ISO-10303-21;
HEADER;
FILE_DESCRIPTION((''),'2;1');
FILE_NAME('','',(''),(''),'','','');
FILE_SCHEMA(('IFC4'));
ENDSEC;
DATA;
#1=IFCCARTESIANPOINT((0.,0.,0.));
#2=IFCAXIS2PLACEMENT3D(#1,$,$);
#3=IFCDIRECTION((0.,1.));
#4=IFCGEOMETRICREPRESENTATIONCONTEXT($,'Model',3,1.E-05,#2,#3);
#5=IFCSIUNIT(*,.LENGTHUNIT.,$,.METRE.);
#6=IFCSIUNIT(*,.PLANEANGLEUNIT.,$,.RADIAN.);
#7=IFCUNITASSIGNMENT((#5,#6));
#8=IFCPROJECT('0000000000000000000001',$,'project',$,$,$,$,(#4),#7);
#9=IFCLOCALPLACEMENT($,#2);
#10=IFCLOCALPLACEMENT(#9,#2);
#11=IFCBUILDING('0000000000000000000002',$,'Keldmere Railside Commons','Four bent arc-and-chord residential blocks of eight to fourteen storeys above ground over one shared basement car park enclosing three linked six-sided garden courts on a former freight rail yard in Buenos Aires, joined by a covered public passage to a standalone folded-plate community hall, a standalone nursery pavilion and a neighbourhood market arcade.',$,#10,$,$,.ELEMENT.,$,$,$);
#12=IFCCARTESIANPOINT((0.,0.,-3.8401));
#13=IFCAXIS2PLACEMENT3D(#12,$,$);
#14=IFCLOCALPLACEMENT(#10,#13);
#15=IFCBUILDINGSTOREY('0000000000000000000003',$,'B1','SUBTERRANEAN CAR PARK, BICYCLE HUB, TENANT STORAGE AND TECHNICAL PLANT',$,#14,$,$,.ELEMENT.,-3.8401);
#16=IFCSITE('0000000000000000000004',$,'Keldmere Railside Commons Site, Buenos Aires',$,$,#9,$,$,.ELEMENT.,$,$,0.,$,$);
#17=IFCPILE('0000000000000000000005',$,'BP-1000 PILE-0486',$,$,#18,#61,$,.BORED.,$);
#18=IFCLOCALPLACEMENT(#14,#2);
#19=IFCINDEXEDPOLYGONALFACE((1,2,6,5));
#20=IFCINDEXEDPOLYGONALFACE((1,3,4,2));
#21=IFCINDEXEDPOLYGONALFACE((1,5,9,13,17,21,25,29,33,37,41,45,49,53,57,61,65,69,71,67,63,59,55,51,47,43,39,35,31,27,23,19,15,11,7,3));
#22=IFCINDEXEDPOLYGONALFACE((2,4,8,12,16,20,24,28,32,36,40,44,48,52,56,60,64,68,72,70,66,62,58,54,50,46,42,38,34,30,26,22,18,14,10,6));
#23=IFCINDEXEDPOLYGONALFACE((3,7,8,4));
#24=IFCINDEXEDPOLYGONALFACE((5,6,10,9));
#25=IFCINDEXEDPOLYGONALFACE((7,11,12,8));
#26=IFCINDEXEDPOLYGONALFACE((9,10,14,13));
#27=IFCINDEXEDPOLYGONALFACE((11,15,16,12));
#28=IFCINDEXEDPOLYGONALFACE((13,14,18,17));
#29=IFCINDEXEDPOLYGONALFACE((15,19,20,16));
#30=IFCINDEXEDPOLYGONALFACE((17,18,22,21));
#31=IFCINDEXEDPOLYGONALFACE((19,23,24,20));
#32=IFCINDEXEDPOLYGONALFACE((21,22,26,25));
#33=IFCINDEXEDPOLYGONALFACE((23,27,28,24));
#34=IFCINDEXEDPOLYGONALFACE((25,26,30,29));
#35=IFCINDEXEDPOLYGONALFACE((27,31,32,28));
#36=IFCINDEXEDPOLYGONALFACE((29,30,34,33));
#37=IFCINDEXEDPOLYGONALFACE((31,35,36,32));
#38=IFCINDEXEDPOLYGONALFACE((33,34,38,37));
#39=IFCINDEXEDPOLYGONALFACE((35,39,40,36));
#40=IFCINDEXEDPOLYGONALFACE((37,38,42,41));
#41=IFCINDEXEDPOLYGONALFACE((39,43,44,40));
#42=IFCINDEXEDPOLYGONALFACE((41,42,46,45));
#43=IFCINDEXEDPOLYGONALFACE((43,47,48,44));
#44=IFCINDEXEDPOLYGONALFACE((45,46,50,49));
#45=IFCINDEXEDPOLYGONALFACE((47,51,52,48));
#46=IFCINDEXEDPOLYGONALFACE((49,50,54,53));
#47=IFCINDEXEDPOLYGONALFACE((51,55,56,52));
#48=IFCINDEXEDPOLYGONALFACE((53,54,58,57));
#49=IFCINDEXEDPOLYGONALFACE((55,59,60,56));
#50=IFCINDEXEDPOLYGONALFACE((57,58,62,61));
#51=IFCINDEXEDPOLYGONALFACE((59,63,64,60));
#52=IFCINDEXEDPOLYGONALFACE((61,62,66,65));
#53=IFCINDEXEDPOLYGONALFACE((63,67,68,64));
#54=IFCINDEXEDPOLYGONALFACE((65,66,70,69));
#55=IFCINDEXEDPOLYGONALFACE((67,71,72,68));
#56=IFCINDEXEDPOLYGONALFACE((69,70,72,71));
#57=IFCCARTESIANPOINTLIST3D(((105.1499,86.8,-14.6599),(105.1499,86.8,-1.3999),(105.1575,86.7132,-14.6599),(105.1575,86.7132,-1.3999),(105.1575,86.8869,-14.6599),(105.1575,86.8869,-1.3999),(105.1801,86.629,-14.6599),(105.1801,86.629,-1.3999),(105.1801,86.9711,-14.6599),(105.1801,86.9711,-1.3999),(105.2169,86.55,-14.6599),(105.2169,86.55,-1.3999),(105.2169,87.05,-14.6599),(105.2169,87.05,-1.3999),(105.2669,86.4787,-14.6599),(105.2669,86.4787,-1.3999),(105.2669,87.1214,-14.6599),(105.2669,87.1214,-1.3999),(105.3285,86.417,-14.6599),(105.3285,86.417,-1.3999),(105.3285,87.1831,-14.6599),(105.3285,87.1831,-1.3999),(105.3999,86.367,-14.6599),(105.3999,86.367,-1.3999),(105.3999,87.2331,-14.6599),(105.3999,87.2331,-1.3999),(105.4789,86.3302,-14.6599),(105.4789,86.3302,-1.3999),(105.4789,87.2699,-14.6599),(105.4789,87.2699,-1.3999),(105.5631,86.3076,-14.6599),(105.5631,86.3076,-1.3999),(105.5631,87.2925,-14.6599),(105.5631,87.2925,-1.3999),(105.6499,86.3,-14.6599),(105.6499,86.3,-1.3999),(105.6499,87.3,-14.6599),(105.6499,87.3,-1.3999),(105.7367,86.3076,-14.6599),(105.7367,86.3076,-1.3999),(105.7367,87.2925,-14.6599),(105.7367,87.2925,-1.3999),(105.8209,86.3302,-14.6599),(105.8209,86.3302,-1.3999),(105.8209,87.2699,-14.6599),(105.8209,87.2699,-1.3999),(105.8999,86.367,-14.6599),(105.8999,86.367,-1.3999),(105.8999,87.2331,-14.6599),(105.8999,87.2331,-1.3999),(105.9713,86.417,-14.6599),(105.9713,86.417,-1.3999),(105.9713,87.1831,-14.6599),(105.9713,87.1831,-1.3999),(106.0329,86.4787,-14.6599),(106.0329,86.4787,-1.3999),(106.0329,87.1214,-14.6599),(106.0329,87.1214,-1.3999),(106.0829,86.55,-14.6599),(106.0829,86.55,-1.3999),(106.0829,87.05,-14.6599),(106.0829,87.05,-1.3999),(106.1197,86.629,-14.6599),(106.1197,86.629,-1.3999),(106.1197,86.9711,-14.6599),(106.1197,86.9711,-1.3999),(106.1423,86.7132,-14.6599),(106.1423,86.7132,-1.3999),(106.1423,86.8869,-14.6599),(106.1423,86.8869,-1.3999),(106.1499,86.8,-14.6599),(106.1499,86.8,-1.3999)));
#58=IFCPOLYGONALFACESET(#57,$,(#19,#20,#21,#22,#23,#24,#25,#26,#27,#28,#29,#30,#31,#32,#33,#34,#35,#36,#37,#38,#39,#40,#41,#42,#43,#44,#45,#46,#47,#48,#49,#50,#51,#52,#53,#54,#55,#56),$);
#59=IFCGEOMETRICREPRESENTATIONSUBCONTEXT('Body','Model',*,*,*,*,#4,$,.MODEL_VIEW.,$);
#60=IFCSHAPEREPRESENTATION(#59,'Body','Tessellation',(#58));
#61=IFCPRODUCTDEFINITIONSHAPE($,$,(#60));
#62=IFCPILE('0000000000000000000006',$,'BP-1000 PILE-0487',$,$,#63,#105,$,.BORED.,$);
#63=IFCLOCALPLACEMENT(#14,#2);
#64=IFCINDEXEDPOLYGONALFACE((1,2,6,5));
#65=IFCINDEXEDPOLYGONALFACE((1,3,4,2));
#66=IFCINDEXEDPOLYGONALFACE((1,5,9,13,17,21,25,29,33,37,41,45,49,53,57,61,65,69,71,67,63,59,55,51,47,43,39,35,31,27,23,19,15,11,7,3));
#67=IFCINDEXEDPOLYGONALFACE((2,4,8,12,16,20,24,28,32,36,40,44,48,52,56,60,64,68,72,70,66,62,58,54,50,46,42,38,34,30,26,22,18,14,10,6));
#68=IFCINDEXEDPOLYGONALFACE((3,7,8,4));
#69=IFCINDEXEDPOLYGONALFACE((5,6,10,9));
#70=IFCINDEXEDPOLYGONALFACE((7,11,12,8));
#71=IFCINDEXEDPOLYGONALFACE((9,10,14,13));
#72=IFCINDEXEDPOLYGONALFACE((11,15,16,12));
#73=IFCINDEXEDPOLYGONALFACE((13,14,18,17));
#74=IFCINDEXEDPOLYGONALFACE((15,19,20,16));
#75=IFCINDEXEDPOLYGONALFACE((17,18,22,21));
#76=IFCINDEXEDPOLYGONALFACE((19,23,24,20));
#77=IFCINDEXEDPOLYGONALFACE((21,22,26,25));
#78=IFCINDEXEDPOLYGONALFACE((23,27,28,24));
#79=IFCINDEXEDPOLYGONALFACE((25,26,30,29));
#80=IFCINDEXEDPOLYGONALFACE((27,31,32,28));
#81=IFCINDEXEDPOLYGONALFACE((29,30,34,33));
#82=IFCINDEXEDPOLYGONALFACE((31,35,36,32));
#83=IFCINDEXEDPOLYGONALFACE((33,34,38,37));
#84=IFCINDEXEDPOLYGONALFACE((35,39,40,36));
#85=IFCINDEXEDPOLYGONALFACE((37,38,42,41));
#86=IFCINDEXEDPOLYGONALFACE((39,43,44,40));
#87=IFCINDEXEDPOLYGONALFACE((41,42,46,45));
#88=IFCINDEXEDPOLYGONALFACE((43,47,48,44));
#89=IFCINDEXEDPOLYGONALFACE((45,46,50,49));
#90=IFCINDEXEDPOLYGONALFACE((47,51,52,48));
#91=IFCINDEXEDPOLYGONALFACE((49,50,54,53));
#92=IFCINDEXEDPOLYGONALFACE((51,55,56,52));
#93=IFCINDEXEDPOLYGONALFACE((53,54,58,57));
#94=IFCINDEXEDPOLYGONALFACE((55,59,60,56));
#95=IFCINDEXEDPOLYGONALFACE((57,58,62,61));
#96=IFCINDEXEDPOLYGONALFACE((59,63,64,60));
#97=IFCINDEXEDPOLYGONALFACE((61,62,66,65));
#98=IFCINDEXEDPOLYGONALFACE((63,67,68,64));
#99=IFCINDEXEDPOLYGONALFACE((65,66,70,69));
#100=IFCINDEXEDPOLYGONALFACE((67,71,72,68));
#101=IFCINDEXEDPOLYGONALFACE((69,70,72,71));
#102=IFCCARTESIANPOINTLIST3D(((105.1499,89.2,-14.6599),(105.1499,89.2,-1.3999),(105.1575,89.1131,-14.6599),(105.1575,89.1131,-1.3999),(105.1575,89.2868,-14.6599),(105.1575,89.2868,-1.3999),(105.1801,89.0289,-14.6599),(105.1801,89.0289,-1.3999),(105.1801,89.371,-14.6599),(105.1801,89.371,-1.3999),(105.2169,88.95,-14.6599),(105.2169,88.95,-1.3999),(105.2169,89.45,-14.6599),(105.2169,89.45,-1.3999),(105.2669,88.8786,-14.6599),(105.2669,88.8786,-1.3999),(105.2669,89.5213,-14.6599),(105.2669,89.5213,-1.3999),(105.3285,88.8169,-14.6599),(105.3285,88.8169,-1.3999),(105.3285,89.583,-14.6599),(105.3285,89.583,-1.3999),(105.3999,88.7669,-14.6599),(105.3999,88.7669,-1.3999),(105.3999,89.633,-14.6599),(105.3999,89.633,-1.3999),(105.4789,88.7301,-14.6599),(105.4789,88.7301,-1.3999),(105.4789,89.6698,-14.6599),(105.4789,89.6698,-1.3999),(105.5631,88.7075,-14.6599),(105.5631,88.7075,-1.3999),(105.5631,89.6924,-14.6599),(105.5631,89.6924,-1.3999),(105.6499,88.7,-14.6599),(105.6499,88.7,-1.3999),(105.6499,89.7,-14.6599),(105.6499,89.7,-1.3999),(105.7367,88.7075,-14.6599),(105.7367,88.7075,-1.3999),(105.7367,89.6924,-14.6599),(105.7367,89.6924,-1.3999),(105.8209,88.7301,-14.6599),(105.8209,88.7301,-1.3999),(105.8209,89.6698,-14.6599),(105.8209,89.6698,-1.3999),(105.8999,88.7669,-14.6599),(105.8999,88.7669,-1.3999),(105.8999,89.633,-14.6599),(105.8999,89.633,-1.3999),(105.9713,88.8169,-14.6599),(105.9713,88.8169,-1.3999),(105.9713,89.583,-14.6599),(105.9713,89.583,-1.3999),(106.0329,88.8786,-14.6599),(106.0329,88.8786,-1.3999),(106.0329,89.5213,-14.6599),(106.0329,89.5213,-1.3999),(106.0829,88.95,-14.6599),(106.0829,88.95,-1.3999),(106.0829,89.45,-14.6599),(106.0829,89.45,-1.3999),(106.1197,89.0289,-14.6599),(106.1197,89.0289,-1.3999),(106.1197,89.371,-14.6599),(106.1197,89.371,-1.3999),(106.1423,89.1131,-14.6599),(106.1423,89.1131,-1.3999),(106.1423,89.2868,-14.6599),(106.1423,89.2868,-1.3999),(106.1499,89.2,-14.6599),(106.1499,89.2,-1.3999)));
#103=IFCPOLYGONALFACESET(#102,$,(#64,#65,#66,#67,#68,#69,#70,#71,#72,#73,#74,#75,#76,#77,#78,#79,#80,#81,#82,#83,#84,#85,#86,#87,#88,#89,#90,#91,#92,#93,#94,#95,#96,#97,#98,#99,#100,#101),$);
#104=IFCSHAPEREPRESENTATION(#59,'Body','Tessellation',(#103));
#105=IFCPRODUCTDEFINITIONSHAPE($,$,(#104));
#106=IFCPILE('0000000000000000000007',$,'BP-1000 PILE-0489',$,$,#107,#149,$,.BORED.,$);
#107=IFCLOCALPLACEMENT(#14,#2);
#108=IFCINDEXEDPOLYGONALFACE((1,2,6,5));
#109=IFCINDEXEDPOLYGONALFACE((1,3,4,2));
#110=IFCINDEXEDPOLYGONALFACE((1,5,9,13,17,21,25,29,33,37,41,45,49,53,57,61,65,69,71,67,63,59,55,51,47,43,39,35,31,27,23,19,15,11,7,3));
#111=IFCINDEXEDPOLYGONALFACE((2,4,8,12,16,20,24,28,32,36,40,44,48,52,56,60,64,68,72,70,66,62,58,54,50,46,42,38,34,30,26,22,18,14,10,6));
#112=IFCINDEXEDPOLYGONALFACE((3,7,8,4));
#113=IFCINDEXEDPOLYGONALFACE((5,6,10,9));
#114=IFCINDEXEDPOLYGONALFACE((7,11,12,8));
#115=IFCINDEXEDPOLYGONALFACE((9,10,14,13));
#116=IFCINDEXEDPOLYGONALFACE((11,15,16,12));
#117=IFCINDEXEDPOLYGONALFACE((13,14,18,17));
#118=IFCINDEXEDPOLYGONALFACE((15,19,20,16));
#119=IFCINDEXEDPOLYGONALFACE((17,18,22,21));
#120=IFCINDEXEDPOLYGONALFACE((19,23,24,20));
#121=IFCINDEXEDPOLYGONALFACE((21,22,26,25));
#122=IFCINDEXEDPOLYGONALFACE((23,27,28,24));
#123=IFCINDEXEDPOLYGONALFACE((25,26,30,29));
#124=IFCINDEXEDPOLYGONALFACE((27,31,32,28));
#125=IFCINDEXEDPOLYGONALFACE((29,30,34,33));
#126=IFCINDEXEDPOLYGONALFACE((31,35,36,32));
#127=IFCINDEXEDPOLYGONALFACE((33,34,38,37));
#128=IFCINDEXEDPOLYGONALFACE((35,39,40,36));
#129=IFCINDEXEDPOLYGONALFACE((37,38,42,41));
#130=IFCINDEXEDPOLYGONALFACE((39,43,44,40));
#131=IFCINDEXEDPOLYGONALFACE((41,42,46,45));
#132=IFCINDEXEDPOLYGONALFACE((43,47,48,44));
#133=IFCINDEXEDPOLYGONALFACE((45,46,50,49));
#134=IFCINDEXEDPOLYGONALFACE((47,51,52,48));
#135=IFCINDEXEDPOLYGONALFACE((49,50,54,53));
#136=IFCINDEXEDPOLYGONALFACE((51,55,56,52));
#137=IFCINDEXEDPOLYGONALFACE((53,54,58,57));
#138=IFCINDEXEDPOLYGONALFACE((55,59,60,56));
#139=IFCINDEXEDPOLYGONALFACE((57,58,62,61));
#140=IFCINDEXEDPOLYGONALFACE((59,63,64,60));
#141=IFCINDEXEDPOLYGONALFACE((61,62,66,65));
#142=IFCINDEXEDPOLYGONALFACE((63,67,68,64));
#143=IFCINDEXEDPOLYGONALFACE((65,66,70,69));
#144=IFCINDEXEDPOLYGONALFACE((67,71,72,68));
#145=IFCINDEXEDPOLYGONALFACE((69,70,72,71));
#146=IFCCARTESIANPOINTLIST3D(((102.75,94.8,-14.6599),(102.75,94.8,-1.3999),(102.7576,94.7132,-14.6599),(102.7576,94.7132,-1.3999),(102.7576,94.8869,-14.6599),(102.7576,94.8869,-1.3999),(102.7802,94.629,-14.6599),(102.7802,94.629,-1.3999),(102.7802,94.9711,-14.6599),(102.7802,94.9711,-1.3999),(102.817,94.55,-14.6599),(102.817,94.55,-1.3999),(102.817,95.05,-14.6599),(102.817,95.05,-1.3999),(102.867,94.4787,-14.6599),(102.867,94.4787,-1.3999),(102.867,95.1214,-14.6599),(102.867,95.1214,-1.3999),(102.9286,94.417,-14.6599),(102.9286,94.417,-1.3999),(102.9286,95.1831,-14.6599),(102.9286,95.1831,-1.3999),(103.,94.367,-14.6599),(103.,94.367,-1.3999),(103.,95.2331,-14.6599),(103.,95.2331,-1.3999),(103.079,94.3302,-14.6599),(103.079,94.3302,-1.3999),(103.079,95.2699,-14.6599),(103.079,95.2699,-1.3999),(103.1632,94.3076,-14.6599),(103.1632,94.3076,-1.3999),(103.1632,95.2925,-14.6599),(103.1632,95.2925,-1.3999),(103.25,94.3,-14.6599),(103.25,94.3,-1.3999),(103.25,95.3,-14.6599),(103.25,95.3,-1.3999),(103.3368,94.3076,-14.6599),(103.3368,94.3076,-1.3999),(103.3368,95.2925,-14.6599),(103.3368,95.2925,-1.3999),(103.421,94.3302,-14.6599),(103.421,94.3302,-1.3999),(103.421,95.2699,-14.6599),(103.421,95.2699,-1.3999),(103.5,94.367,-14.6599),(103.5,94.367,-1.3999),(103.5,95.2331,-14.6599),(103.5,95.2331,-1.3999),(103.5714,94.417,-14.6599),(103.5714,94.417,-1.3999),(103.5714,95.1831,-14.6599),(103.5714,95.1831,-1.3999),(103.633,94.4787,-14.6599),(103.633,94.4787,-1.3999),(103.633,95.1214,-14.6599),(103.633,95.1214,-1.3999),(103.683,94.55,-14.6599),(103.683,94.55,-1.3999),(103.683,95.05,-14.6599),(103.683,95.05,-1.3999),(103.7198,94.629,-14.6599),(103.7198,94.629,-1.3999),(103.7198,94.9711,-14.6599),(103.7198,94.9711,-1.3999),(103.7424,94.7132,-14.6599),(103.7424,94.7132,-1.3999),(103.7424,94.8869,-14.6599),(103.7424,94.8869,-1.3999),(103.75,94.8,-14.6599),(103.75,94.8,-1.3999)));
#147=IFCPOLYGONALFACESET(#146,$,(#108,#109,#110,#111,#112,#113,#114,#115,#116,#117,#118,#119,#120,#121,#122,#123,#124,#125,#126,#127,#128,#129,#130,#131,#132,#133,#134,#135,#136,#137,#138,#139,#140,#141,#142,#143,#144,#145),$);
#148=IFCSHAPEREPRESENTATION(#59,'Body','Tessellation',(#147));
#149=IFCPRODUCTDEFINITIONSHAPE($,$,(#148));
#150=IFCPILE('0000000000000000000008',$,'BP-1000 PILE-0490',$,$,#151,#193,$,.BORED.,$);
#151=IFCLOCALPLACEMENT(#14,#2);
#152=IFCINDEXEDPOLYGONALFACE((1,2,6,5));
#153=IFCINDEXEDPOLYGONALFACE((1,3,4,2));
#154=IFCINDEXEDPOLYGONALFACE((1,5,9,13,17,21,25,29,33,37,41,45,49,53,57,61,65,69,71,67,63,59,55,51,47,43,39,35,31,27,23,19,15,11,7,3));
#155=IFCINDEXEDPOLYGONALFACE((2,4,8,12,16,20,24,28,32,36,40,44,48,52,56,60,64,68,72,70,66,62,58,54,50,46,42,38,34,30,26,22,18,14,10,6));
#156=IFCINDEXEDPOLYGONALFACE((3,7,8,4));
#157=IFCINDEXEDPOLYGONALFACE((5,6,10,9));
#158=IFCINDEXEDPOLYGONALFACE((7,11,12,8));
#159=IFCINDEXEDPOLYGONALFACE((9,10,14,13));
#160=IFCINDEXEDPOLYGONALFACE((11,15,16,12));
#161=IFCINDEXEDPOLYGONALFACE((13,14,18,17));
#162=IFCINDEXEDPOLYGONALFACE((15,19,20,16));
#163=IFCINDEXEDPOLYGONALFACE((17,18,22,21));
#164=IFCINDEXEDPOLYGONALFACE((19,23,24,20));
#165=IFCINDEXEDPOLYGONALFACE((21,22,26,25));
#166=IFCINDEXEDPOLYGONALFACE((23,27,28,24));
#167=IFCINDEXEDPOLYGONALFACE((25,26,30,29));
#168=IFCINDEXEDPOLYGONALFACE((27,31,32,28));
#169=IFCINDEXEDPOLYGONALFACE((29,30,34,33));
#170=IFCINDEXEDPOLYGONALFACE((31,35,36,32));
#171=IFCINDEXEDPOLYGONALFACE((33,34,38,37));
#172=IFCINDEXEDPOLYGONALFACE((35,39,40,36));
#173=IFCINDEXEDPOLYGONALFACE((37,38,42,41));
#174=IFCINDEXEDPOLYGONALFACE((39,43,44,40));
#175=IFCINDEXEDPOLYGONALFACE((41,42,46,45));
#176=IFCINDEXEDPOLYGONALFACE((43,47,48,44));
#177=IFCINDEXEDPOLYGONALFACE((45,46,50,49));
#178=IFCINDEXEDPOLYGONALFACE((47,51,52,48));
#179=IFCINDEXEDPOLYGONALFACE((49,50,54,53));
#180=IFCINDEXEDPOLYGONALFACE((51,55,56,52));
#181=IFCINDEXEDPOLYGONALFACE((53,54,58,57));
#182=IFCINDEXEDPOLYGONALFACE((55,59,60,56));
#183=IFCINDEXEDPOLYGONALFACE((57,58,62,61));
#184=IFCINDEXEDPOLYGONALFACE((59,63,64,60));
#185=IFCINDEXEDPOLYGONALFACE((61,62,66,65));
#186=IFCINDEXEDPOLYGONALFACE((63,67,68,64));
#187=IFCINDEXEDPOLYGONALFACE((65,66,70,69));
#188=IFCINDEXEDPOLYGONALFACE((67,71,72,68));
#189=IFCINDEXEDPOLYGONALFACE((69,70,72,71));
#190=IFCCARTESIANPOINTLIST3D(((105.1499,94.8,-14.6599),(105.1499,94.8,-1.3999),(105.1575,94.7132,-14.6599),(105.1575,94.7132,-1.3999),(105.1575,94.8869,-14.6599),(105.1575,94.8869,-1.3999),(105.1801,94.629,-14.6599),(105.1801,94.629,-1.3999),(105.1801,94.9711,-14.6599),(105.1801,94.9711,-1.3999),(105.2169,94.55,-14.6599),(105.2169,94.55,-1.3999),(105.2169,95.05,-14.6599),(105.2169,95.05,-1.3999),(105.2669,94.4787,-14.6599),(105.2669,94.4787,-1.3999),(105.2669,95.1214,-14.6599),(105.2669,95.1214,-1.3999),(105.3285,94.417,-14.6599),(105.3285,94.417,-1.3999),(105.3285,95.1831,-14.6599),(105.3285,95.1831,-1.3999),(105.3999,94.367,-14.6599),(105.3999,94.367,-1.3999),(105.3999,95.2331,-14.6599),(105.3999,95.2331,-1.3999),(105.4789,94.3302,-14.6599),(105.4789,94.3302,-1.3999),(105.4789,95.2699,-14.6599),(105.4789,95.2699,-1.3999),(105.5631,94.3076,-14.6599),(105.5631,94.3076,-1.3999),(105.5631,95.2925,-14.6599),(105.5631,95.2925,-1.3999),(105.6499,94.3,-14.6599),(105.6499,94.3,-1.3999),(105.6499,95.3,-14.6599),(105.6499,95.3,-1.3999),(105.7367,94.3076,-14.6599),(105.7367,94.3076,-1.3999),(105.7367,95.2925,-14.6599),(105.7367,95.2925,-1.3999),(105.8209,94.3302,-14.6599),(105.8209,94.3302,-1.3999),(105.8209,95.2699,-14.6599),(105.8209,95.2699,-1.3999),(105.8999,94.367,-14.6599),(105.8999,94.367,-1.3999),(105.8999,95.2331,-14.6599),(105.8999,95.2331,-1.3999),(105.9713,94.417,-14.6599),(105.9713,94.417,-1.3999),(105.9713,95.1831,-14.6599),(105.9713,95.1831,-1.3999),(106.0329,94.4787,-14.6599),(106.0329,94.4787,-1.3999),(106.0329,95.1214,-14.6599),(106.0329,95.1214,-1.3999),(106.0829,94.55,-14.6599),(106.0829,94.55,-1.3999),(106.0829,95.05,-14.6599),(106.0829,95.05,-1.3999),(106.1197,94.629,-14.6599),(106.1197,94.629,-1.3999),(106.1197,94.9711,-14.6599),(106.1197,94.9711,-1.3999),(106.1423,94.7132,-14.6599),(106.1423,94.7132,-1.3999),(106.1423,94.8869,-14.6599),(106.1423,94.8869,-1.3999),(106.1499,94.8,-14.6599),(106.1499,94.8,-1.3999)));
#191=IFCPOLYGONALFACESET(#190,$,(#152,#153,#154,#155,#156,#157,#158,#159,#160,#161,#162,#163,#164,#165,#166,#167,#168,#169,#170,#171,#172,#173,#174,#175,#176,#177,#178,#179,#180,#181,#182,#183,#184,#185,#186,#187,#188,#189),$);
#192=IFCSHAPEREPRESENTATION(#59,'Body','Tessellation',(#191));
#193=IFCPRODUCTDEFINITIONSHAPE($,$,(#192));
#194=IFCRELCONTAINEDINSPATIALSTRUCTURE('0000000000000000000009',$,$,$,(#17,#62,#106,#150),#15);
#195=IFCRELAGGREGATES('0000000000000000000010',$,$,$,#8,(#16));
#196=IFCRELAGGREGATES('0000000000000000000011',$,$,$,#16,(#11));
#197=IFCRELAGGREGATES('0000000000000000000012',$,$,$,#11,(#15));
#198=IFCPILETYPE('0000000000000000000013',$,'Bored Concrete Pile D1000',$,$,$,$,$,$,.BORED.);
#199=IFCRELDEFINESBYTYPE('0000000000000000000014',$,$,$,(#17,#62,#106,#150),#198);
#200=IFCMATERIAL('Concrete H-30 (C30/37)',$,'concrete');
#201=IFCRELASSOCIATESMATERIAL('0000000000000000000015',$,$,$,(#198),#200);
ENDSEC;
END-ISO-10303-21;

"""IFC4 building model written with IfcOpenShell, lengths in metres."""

from ifc_helpers import new_model, si_unit, direction, frame, origin, origin_2d, place, context, subcontext, project, spatial, circle, extrude, material, material_profile, profile_set, type_object, element, save


model = new_model("IFC4")

# Units and contexts
model_context = context("Model", 3, precision=1e-05, world=origin(), true_north=direction((0.0, 1.0)))
body_context = subcontext(model_context, "Body", "Model", "MODEL_VIEW")
ifc_project = project(units=[si_unit("LENGTHUNIT", "METRE"), si_unit("PLANEANGLEUNIT", "RADIAN")], contexts=[model_context])

# Site, building, storey
site_placement = place(None, origin())
site = spatial("IfcSite", under=ifc_project, at=site_placement, Name="Keldmere Railside Commons Site, Buenos Aires", CompositionType="ELEMENT", RefElevation=0.0)
building_placement = place(site_placement, origin())
building = spatial("IfcBuilding", under=site, at=building_placement, Name="Keldmere Railside Commons", Description="Four bent arc-and-chord residential blocks of eight to fourteen storeys above ground over one shared basement car park enclosing three linked six-sided garden courts on a former freight rail yard in Buenos Aires, joined by a covered public passage to a standalone folded-plate community hall, a standalone nursery pavilion and a neighbourhood market arcade.", CompositionType="ELEMENT")
storey_placement = place(building_placement, frame((0.0, 0.0, -3.8401)))
storey = spatial("IfcBuildingStorey", under=building, at=storey_placement, Name="B1", Description="SUBTERRANEAN CAR PARK, BICYCLE HUB, TENANT STORAGE AND TECHNICAL PLANT", CompositionType="ELEMENT", Elevation=-3.8401)

# Piles
ifc_material_1 = material(Name="Concrete H-30 (C30/37)", Category="concrete")
ifc_material_profile_1 = material_profile(ifc_material_1, circle(Radius=0.5, at=origin_2d()), Name="PILE-D1000")
ifc_profile_set_1 = profile_set([ifc_material_profile_1], Name="Concrete H-30 (C30/37)")
pile_type_1 = type_object("IfcPileType", Name="Bored Concrete Pile D1000", PredefinedType="BORED", material=ifc_profile_set_1)
for number, where, z_axis, x_axis, name in (
    (1, (105.6499, 86.8, -1.3999), (0.0, 0.0, -1.0), (1.0, 0.0, 0.0), "BP-1000 PILE-0486"),
    (2, (105.6499, 89.2, -1.3999), (0.0, 0.0, -1.0), (1.0, 0.0, 0.0), "BP-1000 PILE-0487"),
    (3, (103.25, 94.8, -1.3999), (0.0, 0.0, -1.0), (1.0, 0.0, 0.0), "BP-1000 PILE-0489"),
    (4, (105.6499, 94.8, -1.3999), (0.0, 0.0, -1.0), (1.0, 0.0, 0.0), "BP-1000 PILE-0490"),
):
    element("IfcPile", number, at=place(storey_placement, frame(where, z_axis=z_axis, x_axis=x_axis)), inside=storey, type_object=pile_type_1, Name=name, PredefinedType="BORED", context=body_context, shape_type="SweptSolid", body=[
        extrude(circle(Radius=0.5, at=origin_2d()), origin(), (0.0, 0.0, 1.0), 13.26),
    ])

save(model, "model.ifc")
